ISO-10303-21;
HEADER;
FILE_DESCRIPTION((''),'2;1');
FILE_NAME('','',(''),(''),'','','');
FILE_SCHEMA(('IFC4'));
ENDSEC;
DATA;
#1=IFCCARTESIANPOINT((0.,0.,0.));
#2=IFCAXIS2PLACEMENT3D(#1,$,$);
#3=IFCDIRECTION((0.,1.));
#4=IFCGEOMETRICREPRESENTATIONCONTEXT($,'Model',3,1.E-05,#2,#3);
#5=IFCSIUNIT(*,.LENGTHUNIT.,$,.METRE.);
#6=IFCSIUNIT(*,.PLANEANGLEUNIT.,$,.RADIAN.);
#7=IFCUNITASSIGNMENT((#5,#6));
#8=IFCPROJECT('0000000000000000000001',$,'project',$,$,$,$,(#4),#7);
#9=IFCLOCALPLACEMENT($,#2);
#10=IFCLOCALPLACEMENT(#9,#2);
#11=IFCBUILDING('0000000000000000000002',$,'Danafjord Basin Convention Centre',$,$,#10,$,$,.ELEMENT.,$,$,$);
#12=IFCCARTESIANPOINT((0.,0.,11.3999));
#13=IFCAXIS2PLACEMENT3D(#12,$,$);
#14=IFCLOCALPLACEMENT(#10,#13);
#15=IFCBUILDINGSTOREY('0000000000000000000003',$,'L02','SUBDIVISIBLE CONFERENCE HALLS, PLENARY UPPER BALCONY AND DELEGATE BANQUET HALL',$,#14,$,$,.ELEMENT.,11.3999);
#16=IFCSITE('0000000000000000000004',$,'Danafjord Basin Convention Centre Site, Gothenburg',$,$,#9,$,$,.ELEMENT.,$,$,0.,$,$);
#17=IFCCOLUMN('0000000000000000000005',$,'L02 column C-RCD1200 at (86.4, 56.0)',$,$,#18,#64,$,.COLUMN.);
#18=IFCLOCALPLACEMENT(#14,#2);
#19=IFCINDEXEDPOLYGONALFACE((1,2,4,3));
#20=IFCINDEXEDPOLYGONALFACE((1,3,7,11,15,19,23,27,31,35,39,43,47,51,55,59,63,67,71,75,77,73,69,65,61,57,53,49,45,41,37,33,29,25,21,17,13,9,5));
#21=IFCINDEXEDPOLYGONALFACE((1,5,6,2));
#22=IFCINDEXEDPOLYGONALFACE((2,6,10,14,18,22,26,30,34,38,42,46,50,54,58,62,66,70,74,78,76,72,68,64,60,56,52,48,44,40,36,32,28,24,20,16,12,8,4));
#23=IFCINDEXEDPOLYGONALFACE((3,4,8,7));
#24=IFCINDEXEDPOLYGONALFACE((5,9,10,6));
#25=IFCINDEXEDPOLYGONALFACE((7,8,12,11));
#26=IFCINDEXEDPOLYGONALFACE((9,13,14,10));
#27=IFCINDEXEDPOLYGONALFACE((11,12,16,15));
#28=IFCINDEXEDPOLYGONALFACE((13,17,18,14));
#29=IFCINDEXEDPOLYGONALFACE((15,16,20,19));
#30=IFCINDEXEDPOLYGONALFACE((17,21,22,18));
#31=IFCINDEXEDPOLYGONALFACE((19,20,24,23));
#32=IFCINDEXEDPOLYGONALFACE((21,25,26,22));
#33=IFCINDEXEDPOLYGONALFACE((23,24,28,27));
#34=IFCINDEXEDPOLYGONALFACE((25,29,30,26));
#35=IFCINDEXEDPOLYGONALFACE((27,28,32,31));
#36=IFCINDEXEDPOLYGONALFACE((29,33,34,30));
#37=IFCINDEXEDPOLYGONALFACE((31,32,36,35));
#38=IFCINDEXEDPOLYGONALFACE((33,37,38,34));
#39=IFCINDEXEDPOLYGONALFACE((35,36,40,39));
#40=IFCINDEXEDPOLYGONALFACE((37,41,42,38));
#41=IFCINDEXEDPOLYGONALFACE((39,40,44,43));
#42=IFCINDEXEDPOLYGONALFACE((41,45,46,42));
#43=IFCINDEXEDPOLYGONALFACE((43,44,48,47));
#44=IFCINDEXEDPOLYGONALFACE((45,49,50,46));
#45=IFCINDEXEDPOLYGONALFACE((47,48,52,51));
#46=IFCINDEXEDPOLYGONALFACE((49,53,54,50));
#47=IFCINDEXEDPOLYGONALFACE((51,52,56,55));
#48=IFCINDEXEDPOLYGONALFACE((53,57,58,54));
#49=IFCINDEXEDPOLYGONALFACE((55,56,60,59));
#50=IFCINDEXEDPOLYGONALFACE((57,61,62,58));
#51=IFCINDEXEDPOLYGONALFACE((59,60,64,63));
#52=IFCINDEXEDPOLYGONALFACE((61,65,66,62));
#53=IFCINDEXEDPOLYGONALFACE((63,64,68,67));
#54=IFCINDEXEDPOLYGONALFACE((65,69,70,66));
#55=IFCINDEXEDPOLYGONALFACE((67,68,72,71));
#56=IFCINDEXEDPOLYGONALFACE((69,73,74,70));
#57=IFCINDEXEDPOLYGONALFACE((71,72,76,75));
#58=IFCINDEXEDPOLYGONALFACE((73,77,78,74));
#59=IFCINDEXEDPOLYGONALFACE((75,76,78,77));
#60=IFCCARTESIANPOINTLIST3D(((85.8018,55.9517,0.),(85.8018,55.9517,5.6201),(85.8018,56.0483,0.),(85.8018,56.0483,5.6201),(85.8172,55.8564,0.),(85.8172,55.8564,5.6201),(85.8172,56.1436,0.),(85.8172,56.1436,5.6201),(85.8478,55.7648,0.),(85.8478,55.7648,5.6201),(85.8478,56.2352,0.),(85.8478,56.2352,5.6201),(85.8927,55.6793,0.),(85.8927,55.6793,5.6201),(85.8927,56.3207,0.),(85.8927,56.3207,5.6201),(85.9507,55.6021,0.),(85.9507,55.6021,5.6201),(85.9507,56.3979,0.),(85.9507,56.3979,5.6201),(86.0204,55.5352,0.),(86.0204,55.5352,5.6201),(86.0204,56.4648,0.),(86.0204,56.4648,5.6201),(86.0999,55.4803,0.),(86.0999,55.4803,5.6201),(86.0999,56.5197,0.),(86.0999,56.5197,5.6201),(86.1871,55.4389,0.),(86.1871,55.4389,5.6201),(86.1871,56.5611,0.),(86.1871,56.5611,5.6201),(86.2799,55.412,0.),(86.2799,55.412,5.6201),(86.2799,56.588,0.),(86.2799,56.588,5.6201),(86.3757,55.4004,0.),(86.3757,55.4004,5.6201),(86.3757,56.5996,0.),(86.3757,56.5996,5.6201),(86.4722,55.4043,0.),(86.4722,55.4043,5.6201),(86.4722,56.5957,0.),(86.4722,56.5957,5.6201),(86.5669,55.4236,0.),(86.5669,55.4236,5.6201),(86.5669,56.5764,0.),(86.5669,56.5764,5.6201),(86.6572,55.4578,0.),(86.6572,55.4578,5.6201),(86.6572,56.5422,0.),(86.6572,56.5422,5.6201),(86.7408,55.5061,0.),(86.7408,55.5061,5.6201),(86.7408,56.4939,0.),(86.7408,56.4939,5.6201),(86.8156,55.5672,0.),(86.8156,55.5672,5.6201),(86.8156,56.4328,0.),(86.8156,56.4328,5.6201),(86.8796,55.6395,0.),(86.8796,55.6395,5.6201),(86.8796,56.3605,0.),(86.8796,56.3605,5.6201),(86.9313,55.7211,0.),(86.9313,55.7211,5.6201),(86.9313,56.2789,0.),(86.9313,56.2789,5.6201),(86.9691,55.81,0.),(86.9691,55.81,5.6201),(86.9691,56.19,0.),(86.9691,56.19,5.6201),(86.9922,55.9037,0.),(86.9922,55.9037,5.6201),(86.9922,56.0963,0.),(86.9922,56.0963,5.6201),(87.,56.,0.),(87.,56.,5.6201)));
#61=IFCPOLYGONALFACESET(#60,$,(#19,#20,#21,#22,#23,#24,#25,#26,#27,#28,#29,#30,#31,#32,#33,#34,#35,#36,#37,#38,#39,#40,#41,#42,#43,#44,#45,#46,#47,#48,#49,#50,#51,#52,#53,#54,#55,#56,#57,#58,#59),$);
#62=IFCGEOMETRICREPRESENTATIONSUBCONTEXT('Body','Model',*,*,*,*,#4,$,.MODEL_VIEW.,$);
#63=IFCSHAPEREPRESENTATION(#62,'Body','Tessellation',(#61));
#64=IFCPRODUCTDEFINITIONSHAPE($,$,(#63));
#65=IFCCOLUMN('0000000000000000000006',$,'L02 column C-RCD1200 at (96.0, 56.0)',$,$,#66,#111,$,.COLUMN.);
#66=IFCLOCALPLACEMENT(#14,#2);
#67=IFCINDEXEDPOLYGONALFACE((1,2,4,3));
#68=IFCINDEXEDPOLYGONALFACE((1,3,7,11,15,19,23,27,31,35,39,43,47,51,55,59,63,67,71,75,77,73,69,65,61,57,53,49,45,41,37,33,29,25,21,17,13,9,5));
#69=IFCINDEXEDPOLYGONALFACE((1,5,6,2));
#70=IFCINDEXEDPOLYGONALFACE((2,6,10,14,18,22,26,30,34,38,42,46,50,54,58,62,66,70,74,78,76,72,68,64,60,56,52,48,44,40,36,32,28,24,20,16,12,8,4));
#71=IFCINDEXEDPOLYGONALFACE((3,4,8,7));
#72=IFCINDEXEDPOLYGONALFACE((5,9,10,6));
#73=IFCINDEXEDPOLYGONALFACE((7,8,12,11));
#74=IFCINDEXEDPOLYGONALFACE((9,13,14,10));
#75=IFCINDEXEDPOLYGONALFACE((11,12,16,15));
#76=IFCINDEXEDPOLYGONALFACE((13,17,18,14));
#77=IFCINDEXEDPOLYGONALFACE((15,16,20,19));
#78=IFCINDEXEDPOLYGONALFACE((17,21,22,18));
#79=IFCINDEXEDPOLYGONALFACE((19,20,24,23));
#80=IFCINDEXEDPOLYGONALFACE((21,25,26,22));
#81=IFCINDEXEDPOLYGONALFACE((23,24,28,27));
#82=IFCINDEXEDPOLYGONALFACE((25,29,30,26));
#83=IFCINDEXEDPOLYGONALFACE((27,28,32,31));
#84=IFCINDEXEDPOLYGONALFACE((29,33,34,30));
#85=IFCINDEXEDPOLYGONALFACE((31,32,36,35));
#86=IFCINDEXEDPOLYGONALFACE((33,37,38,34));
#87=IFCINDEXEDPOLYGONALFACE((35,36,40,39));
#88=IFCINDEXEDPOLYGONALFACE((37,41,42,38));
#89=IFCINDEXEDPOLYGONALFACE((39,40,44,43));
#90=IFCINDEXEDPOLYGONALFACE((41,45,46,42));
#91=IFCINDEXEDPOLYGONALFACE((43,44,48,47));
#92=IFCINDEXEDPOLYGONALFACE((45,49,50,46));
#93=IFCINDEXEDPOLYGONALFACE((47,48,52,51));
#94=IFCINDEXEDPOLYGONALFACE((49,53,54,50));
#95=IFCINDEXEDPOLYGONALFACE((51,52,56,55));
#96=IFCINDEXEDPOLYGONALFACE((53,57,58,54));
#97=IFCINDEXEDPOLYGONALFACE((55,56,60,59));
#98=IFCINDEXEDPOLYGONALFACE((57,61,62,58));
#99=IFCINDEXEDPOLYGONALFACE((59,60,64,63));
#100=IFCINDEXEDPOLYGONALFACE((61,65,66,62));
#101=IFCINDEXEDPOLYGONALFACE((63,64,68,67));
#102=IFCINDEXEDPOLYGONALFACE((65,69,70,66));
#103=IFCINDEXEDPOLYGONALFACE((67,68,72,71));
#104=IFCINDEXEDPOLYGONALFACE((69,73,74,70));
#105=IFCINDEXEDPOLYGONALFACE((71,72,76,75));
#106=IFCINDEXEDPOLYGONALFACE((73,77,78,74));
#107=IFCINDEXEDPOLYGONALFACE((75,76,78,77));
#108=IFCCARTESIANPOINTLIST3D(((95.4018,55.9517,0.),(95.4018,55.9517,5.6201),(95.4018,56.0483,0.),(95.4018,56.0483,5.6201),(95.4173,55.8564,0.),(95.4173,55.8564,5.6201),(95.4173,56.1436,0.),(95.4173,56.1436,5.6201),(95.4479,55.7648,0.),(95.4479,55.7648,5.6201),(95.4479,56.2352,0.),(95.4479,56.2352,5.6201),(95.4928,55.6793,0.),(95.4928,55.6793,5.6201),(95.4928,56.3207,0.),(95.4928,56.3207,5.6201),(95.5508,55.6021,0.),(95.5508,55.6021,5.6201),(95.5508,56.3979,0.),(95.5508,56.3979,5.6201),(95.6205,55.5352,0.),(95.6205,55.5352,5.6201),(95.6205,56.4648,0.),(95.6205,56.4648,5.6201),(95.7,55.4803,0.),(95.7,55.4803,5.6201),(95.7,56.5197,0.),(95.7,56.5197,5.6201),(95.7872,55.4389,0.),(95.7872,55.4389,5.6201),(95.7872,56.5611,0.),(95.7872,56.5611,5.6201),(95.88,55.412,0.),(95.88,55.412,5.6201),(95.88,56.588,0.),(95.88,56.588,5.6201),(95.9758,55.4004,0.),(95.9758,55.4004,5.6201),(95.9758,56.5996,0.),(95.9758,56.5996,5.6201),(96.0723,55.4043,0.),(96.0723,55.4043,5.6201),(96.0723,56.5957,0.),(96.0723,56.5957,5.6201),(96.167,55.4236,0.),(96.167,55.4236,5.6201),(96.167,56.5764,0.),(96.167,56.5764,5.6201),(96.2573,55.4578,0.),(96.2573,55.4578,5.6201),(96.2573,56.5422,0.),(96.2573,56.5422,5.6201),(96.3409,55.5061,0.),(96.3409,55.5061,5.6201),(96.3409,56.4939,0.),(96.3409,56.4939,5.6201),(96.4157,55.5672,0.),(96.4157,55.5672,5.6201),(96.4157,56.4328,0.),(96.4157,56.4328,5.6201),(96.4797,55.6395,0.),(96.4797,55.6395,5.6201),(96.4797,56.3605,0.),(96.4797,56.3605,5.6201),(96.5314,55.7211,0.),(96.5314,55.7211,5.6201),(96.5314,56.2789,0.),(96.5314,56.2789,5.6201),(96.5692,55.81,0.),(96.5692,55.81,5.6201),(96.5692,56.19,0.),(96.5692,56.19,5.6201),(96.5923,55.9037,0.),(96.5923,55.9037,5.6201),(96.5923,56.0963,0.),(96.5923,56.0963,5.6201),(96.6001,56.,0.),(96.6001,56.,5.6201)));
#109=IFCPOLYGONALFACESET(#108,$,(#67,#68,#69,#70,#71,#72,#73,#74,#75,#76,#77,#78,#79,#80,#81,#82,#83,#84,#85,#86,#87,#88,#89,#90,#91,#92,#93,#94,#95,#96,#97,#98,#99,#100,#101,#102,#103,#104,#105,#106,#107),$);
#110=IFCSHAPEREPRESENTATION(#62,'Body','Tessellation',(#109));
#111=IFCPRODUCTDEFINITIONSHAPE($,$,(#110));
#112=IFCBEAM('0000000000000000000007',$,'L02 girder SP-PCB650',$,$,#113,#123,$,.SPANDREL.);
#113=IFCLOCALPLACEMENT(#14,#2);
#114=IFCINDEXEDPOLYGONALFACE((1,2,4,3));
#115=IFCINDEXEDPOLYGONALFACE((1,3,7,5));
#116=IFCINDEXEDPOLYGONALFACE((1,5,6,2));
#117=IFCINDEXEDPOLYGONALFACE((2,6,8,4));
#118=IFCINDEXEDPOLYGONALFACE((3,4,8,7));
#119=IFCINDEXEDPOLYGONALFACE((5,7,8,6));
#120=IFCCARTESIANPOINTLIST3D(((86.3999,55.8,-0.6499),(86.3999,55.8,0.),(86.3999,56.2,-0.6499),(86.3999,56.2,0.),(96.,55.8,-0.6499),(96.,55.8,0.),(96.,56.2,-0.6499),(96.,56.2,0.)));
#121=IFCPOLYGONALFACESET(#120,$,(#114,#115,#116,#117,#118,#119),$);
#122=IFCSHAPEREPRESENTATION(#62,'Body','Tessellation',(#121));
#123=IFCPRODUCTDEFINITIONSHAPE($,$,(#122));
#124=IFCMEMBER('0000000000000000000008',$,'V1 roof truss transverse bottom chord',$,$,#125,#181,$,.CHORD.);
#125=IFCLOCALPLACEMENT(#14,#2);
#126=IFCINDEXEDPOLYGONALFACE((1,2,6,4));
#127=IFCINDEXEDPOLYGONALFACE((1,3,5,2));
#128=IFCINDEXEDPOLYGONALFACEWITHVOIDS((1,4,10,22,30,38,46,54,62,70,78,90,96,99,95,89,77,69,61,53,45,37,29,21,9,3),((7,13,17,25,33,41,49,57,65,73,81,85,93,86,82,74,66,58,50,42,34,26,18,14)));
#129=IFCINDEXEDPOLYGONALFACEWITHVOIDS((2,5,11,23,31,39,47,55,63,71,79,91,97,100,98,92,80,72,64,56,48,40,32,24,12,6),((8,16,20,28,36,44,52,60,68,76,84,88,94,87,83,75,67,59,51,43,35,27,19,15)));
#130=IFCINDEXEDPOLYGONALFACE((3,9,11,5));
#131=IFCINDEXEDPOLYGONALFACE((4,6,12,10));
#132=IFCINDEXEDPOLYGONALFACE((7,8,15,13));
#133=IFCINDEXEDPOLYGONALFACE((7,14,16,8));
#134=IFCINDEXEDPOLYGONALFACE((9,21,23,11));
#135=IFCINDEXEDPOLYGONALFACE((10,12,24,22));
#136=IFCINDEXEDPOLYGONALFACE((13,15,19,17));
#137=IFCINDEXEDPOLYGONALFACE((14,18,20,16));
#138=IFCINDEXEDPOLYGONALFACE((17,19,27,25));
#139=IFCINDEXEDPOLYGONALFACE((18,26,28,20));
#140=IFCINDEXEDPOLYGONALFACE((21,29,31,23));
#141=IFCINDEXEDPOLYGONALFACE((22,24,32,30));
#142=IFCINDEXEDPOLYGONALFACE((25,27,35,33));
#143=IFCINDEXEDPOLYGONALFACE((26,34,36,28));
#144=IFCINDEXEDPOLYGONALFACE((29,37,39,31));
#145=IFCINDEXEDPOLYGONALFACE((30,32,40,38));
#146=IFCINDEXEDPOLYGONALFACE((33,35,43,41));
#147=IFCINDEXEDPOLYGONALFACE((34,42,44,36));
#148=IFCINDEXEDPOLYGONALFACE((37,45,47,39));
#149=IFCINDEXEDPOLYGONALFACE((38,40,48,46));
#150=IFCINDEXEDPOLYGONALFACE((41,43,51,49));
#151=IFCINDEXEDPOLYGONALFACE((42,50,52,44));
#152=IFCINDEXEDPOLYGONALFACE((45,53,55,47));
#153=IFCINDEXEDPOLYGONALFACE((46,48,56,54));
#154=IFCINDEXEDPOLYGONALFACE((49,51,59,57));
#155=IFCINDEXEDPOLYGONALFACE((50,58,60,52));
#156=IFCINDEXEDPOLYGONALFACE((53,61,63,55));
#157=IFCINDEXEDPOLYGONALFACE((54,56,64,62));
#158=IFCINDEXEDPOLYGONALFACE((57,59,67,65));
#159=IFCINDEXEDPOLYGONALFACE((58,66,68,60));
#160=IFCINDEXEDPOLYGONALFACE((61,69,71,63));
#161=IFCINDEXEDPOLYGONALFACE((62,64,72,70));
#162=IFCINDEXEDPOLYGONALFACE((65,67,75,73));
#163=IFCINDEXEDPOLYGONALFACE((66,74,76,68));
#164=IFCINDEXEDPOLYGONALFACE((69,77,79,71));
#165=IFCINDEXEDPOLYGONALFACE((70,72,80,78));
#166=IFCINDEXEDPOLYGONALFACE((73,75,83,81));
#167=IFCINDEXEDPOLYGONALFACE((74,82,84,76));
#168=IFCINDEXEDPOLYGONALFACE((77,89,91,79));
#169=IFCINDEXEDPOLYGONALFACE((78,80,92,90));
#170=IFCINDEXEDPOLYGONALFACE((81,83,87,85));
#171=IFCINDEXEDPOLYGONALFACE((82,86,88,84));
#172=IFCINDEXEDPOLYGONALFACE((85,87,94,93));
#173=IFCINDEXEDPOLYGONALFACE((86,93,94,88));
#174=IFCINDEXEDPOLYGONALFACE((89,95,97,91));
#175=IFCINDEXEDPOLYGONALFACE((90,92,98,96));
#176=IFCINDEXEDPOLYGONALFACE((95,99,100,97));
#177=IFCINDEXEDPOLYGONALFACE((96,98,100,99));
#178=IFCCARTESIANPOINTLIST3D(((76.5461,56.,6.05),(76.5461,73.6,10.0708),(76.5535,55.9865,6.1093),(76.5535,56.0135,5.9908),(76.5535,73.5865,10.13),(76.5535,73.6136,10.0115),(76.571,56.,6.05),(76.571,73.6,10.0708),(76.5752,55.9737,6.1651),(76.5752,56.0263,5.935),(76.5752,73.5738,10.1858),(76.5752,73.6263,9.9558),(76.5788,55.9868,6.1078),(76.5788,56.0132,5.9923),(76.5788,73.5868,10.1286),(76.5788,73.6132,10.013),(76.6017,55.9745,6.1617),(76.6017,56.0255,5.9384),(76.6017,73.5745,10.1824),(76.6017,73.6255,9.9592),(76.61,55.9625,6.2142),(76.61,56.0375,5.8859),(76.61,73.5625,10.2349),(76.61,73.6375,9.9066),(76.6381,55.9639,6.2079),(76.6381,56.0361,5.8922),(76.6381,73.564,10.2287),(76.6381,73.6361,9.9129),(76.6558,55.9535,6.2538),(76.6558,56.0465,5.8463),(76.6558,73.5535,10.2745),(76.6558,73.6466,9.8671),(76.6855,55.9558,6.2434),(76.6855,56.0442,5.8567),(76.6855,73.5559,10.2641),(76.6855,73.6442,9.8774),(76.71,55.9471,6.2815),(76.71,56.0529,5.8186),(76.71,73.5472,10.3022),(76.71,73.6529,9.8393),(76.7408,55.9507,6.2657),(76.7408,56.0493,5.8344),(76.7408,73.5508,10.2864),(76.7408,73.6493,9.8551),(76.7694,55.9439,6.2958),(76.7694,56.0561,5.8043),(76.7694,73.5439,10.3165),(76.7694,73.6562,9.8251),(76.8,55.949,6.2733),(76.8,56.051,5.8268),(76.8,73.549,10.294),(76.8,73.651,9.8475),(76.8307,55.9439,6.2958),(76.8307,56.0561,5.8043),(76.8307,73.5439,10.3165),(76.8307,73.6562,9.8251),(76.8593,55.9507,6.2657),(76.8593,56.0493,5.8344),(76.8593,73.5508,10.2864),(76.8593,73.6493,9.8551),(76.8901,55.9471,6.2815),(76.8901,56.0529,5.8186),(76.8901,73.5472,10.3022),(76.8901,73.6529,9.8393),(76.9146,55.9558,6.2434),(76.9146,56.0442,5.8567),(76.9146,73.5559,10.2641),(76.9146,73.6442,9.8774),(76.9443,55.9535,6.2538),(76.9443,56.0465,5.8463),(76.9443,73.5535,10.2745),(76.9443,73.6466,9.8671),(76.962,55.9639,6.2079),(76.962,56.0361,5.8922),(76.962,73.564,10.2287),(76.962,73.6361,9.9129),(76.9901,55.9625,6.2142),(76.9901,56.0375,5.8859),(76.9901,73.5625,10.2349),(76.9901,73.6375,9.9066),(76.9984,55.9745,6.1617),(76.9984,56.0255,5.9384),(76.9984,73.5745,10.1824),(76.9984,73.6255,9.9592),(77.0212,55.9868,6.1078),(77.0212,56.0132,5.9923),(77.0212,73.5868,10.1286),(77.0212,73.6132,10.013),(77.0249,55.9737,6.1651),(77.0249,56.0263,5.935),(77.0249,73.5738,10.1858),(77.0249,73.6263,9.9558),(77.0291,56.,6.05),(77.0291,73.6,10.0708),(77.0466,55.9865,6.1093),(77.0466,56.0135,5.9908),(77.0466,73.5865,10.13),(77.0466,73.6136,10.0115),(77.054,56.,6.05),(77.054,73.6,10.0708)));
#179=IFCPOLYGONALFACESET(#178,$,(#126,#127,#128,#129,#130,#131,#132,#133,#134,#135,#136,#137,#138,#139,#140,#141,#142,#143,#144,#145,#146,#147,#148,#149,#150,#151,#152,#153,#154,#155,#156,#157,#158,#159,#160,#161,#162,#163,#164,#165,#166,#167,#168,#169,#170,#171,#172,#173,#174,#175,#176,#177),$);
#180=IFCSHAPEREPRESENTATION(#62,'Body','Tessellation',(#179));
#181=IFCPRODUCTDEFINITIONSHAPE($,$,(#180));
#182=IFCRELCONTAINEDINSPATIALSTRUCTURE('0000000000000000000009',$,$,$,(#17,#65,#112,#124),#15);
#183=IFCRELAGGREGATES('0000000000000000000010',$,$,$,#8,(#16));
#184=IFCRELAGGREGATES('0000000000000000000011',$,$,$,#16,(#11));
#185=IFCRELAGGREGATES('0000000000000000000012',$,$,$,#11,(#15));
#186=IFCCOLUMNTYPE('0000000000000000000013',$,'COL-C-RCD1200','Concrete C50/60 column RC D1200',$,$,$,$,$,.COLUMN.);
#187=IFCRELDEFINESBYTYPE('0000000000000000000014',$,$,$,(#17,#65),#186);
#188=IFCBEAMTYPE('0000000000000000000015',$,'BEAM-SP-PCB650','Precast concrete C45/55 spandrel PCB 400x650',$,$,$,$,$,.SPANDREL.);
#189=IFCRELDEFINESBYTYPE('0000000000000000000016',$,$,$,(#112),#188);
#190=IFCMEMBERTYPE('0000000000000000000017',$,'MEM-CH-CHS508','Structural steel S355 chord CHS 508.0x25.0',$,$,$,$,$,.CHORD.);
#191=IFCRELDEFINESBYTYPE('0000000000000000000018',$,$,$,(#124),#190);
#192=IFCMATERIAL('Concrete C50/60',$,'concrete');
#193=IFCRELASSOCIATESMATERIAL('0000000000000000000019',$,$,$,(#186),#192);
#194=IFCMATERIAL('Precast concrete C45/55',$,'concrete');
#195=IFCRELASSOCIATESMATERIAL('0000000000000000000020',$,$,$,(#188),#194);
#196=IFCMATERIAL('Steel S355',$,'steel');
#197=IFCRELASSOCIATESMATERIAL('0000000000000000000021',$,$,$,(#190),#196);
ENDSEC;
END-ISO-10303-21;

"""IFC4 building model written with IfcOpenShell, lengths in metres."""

from ifc_helpers import new_model, si_unit, direction, frame, origin, origin_2d, place, context, subcontext, project, spatial, rectangle, circle, hollow_circle, extrude, material, material_profile, profile_set, type_object, element, save


model = new_model("IFC4")

# Units and contexts
model_context = context("Model", 3, precision=1e-05, world=origin(), true_north=direction((0.0, 1.0)))
body_context = subcontext(model_context, "Body", "Model", "MODEL_VIEW")
ifc_project = project(units=[si_unit("LENGTHUNIT", "METRE"), si_unit("PLANEANGLEUNIT", "RADIAN")], contexts=[model_context])

# Site, building, storey
site_placement = place(None, origin())
site = spatial("IfcSite", under=ifc_project, at=site_placement, Name="Danafjord Basin Convention Centre Site, Gothenburg", CompositionType="ELEMENT", RefElevation=0.0)
building_placement = place(site_placement, origin())
building = spatial("IfcBuilding", under=site, at=building_placement, Name="Danafjord Basin Convention Centre", CompositionType="ELEMENT")
storey_placement = place(building_placement, frame((0.0, 0.0, 11.3999)))
storey = spatial("IfcBuildingStorey", under=building, at=storey_placement, Name="L02", Description="SUBDIVISIBLE CONFERENCE HALLS, PLENARY UPPER BALCONY AND DELEGATE BANQUET HALL", CompositionType="ELEMENT", Elevation=11.3999)

# Columns
ifc_material_1 = material(Name="Concrete C50/60", Category="concrete")
ifc_material_profile_1 = material_profile(ifc_material_1, circle(Radius=0.6001, at=origin_2d()), Name="RC D1200")
ifc_profile_set_1 = profile_set([ifc_material_profile_1], Name="Concrete C50/60")
column_type = type_object("IfcColumnType", Name="COL-C-RCD1200", Description="Concrete C50/60 column RC D1200", PredefinedType="COLUMN", material=ifc_profile_set_1)
for number, where, z_axis, x_axis, name in (
    (1, (86.3999, 56.0, 0.0), (0.0, 0.0, 1.0), (1.0, 0.0, 0.0), "L02 column C-RCD1200 at (86.4, 56.0)"),
    (2, (96.0, 56.0, 0.0), (0.0, 0.0, 1.0), (1.0, 0.0, 0.0), "L02 column C-RCD1200 at (96.0, 56.0)"),
):
    element("IfcColumn", number, at=place(storey_placement, frame(where, z_axis=z_axis, x_axis=x_axis)), inside=storey, type_object=column_type, Name=name, PredefinedType="COLUMN", context=body_context, shape_type="SweptSolid", body=[
        extrude(circle(Radius=0.6001, at=origin_2d()), origin(), (0.0, 0.0, 1.0), 5.6201),
    ])

# Beam
ifc_material_2 = material(Name="Precast concrete C45/55", Category="concrete")
ifc_material_profile_2 = material_profile(ifc_material_2, rectangle(XDim=0.3999, YDim=0.6499, at=origin_2d()), Name="PCB 400x650")
ifc_profile_set_2 = profile_set([ifc_material_profile_2], Name="Precast concrete C45/55")
beam_type = type_object("IfcBeamType", Name="BEAM-SP-PCB650", Description="Precast concrete C45/55 spandrel PCB 400x650", PredefinedType="SPANDREL", material=ifc_profile_set_2)
beam_placement = place(storey_placement, frame((86.3999, 56.0, -0.325), z_axis=(1.0, 0.0, 0.0), x_axis=(0.0, 1.0, 0.0)))
element("IfcBeam", 3, at=beam_placement, inside=storey, type_object=beam_type, Name="L02 girder SP-PCB650", PredefinedType="SPANDREL", context=body_context, shape_type="SweptSolid", body=[
    extrude(rectangle(XDim=0.3999, YDim=0.6499, at=origin_2d()), origin(), (0.0, 0.0, 1.0), 9.6001),
])

# Member
ifc_material_3 = material(Name="Steel S355", Category="steel")
ifc_material_profile_3 = material_profile(ifc_material_3, hollow_circle(Radius=0.2539, WallThickness=0.0249, at=origin_2d()), Name="CHS 508.0x25.0")
ifc_profile_set_3 = profile_set([ifc_material_profile_3], Name="Steel S355")
member_type_1 = type_object("IfcMemberType", Name="MEM-CH-CHS508", Description="Structural steel S355 chord CHS 508.0x25.0", PredefinedType="CHORD", material=ifc_profile_set_3)
member_1_placement = place(storey_placement, frame((76.8, 56.0, 6.05), z_axis=(0.0, 0.974884, 0.222713), x_axis=(-1.0, 0.0, 0.0)))
element("IfcMember", 4, at=member_1_placement, inside=storey, type_object=member_type_1, Name="V1 roof truss transverse bottom chord", PredefinedType="CHORD", context=body_context, shape_type="SweptSolid", body=[
    extrude(hollow_circle(Radius=0.2539, WallThickness=0.0249, at=origin_2d()), origin(), (0.0, 0.0, 1.0), 18.0535),
])

save(model, "model.ifc")
